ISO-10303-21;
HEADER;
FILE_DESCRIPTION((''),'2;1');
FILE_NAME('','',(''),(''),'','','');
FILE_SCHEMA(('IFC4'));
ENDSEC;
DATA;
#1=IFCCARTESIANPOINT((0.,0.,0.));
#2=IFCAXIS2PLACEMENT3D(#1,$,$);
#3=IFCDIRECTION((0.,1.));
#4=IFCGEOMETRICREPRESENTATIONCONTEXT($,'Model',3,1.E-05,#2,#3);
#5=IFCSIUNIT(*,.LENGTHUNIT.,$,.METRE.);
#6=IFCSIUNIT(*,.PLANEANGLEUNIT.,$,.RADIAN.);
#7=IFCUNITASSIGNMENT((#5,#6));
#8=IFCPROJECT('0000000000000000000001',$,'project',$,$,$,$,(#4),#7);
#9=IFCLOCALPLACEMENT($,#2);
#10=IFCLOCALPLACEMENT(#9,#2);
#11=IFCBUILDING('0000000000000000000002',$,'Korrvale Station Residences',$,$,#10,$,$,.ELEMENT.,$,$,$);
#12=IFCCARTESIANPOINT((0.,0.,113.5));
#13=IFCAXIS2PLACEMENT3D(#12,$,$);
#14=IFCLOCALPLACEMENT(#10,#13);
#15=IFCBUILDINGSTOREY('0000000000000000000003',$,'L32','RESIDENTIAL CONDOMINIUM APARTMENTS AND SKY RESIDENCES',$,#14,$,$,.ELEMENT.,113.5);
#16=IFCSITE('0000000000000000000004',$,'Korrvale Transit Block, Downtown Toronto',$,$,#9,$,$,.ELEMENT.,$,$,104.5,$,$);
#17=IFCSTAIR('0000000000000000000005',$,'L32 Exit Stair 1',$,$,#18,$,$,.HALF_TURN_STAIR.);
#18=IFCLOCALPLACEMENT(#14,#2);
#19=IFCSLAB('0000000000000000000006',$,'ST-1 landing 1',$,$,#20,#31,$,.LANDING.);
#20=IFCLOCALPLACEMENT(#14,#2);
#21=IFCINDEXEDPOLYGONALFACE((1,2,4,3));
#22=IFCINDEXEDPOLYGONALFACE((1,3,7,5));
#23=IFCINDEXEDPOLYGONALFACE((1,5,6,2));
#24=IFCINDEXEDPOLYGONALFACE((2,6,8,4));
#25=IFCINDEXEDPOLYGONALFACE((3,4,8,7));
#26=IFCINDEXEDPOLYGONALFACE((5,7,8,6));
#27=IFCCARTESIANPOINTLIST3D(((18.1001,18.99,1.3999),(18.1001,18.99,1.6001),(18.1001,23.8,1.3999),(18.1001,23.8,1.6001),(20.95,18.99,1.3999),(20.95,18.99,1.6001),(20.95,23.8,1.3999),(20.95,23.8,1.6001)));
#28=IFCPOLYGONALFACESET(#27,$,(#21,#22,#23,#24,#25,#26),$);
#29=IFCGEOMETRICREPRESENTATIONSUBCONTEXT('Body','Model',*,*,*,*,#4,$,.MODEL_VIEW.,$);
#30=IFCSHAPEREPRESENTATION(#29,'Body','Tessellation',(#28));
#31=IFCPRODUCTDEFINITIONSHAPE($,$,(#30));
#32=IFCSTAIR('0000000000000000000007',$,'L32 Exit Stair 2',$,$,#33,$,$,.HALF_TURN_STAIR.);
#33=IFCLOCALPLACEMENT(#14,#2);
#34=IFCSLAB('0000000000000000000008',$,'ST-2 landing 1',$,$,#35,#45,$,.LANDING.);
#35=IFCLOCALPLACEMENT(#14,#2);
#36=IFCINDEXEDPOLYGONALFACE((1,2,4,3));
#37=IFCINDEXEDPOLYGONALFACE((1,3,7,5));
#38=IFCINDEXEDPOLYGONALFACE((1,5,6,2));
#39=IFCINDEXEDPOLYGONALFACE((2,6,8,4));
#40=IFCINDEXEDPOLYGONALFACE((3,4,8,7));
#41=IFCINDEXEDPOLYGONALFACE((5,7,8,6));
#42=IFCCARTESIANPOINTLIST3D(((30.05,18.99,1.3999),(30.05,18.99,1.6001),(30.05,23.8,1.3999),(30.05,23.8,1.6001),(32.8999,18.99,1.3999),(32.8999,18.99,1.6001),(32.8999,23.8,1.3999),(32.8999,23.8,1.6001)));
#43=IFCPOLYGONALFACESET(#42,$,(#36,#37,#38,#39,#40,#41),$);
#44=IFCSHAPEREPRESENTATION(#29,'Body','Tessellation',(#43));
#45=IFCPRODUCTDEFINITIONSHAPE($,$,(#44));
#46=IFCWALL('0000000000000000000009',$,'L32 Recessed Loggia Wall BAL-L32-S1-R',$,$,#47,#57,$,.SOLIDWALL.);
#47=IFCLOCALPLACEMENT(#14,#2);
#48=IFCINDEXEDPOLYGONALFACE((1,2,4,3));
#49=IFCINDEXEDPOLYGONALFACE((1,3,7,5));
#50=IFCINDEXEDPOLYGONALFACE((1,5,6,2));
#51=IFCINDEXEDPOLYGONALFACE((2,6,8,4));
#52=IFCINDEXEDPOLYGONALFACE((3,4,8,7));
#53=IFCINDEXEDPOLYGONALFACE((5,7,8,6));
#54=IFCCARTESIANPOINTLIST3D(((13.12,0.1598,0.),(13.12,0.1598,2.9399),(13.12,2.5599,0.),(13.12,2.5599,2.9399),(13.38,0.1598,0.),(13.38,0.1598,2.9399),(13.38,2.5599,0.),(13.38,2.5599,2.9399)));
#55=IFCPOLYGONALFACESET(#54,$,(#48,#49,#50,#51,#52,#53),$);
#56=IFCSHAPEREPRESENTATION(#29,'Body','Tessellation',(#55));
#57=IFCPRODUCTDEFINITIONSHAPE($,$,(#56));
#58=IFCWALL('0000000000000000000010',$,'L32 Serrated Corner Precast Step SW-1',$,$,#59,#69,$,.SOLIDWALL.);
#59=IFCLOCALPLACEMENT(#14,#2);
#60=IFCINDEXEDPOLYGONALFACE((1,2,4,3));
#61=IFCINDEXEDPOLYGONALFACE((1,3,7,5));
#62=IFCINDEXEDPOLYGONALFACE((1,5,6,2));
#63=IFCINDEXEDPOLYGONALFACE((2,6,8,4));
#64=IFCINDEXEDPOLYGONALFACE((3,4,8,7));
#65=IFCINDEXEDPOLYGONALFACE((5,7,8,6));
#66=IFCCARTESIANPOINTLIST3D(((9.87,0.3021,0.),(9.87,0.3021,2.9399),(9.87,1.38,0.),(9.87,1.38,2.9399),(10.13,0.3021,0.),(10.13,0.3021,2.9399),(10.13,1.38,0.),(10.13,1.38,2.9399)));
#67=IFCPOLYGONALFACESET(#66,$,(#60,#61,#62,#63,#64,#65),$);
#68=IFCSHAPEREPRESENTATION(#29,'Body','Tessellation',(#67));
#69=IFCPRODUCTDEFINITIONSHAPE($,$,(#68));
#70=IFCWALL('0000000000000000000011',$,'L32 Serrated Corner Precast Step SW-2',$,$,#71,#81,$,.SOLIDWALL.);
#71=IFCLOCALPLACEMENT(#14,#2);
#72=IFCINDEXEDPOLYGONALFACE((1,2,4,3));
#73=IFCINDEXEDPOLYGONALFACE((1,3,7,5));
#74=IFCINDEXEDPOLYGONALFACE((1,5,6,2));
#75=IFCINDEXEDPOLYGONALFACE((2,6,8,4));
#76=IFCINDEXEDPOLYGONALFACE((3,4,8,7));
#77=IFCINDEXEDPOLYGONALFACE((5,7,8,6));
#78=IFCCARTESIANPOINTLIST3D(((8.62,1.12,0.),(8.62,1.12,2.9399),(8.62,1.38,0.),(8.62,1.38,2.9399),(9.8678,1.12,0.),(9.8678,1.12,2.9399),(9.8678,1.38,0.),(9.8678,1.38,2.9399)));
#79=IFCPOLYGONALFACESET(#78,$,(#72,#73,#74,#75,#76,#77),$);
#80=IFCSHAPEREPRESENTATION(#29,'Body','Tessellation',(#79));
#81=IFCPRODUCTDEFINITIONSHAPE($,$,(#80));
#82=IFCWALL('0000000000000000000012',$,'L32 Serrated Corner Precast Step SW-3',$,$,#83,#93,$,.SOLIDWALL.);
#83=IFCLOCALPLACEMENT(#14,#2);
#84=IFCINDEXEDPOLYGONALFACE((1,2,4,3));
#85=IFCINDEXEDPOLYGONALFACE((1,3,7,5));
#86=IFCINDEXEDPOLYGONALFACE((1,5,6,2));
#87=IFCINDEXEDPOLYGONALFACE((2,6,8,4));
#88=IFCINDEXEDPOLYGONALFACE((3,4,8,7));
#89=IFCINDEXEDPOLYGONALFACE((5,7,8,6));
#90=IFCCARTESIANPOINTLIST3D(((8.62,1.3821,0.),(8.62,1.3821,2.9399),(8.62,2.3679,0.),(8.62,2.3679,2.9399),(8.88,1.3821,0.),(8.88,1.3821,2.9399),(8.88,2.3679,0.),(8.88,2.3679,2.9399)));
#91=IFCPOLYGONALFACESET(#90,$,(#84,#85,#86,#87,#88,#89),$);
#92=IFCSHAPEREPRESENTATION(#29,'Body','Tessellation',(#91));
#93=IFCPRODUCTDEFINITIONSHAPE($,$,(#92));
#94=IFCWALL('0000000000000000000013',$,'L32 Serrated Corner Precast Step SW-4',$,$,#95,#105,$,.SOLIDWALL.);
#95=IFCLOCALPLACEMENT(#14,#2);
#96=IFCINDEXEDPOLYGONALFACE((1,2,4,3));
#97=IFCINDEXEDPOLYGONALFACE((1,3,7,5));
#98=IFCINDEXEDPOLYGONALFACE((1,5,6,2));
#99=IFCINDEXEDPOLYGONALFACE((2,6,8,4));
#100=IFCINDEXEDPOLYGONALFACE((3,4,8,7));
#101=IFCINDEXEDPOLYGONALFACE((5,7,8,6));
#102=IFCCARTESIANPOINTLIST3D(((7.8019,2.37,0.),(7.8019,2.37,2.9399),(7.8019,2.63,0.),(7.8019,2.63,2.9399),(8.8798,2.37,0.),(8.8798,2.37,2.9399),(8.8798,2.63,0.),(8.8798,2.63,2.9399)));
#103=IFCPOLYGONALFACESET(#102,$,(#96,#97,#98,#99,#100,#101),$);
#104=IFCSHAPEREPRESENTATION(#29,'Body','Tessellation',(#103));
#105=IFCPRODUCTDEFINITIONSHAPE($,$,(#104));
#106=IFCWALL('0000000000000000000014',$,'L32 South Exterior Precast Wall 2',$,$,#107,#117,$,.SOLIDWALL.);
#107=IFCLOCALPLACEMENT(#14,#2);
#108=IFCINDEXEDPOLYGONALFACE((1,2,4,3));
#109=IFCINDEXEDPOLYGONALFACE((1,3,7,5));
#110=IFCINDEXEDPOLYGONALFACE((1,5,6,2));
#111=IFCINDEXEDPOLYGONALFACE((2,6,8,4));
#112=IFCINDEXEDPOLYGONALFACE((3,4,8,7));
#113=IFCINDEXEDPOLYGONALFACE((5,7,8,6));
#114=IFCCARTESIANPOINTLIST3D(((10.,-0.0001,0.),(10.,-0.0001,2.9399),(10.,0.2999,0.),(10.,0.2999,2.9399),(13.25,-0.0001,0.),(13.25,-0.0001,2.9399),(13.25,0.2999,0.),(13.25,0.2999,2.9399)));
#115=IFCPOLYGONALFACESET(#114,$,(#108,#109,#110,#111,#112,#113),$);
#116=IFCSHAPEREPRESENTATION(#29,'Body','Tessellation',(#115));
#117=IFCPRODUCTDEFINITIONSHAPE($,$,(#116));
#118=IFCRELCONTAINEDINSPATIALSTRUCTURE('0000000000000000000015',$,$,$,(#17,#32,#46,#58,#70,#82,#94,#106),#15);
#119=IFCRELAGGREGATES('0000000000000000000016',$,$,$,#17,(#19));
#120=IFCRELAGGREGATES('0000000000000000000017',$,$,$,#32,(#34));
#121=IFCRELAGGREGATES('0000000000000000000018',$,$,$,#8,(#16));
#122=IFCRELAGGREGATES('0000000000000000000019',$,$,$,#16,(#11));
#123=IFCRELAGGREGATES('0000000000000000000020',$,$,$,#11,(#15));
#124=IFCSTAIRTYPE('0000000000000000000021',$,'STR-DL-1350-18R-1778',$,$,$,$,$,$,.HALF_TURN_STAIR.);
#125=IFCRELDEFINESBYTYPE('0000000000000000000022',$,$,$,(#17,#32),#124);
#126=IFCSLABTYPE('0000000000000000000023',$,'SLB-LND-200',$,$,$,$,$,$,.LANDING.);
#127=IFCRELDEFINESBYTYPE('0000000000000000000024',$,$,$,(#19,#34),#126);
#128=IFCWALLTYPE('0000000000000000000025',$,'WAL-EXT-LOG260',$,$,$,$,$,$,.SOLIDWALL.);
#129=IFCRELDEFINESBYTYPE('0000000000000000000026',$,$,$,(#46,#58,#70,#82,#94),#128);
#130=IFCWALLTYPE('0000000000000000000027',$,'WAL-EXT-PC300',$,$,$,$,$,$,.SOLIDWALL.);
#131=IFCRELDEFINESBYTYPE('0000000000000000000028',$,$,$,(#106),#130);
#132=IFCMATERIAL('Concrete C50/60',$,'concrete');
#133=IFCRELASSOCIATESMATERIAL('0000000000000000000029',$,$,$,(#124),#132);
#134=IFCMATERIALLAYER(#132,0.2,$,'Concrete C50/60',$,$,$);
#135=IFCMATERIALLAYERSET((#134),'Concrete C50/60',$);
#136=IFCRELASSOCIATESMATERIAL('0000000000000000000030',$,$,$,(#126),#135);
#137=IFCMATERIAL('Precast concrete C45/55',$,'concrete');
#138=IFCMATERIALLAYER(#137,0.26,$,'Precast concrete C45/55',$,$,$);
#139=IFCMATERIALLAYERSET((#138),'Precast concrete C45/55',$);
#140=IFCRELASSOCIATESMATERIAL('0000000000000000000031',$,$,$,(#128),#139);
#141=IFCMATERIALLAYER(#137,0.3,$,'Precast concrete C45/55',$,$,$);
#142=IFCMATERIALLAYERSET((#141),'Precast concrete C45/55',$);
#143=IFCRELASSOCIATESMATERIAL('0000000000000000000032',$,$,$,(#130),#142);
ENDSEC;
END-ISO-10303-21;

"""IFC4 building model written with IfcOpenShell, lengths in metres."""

from ifc_helpers import new_model, si_unit, direction, frame, frame_2d, origin, place, context, subcontext, project, spatial, polyline, rectangle, outline, extrude, material, layer, layer_set, type_object, element, aggregate, save


model = new_model("IFC4")

# Units and contexts
model_context = context("Model", 3, precision=1e-05, world=origin(), true_north=direction((0.0, 1.0)))
body_context = subcontext(model_context, "Body", "Model", "MODEL_VIEW")
ifc_project = project(units=[si_unit("LENGTHUNIT", "METRE"), si_unit("PLANEANGLEUNIT", "RADIAN")], contexts=[model_context])

# Site, building, storey
site_placement = place(None, origin())
site = spatial("IfcSite", under=ifc_project, at=site_placement, Name="Korrvale Transit Block, Downtown Toronto", CompositionType="ELEMENT", RefElevation=104.5)
building_placement = place(site_placement, origin())
building = spatial("IfcBuilding", under=site, at=building_placement, Name="Korrvale Station Residences", CompositionType="ELEMENT")
storey_placement = place(building_placement, frame((0.0, 0.0, 113.5)))
storey = spatial("IfcBuildingStorey", under=building, at=storey_placement, Name="L32", Description="RESIDENTIAL CONDOMINIUM APARTMENTS AND SKY RESIDENCES", CompositionType="ELEMENT", Elevation=113.5)

# Shared definitions
ifc_material_1 = material(Name="Concrete C50/60", Category="concrete")

# Stairs, slabs
stair_type = type_object("IfcStairType", Name="STR-DL-1350-18R-1778", PredefinedType="HALF_TURN_STAIR", material=ifc_material_1)
stair_1_placement = place(storey_placement, origin())
stair_1 = element("IfcStair", 1, at=stair_1_placement, inside=storey, type_object=stair_type, Name="L32 Exit Stair 1", PredefinedType="HALF_TURN_STAIR")
ifc_layer_1 = layer(ifc_material_1, 0.2, Name="Concrete C50/60")
ifc_layer_set_1 = layer_set([ifc_layer_1], Name="Concrete C50/60")
slab_type_1 = type_object("IfcSlabType", Name="SLB-LND-200", PredefinedType="LANDING", material=ifc_layer_set_1)
slab_1_placement = place(storey_placement, frame((0.0, 0.0, 1.3999)))
slab_1 = element("IfcSlab", 2, at=slab_1_placement, type_object=slab_type_1, Name="ST-1 landing 1", PredefinedType="LANDING", context=body_context, shape_type="SweptSolid", body=[
    extrude(outline(polyline([(20.95, 18.99), (20.95, 23.8), (18.1001, 23.8), (18.1001, 18.99), (20.95, 18.99)])), origin(), (0.0, 0.0, 1.0), 0.2002),
])
aggregate(stair_1, [slab_1])
stair_2_placement = place(storey_placement, origin())
stair_2 = element("IfcStair", 3, at=stair_2_placement, inside=storey, type_object=stair_type, Name="L32 Exit Stair 2", PredefinedType="HALF_TURN_STAIR")
slab_2_placement = place(storey_placement, frame((0.0, 0.0, 1.3999)))
slab_2 = element("IfcSlab", 4, at=slab_2_placement, type_object=slab_type_1, Name="ST-2 landing 1", PredefinedType="LANDING", context=body_context, shape_type="SweptSolid", body=[
    extrude(outline(polyline([(32.8999, 18.99), (32.8999, 23.8), (30.05, 23.8), (30.05, 18.99), (32.8999, 18.99)])), origin(), (0.0, 0.0, 1.0), 0.2002),
])
aggregate(stair_2, [slab_2])

# Walls
ifc_material_2 = material(Name="Precast concrete C45/55", Category="concrete")
ifc_layer_2 = layer(ifc_material_2, 0.26, Name="Precast concrete C45/55")
ifc_layer_set_2 = layer_set([ifc_layer_2], Name="Precast concrete C45/55")
wall_type_1 = type_object("IfcWallType", Name="WAL-EXT-LOG260", PredefinedType="SOLIDWALL", material=ifc_layer_set_2)
wall_1_placement = place(storey_placement, frame((13.25, 2.5601, 0.0), z_axis=(0.0, 0.0, 1.0), x_axis=(0.0, -1.0, 0.0)))
element("IfcWall", 5, at=wall_1_placement, inside=storey, type_object=wall_type_1, Name="L32 Recessed Loggia Wall BAL-L32-S1-R", PredefinedType="SOLIDWALL", context=body_context, shape_type="SweptSolid", body=[
    extrude(rectangle(XDim=2.4001, YDim=0.26, at=frame_2d((1.2002, 0.0))), origin(), (0.0, 0.0, 1.0), 2.9399),
])
wall_2_placement = place(storey_placement, frame((10.0, 0.302, 0.0), z_axis=(0.0, 0.0, 1.0), x_axis=(0.0, 1.0, 0.0)))
element("IfcWall", 6, at=wall_2_placement, inside=storey, type_object=wall_type_1, Name="L32 Serrated Corner Precast Step SW-1", PredefinedType="SOLIDWALL", context=body_context, shape_type="SweptSolid", body=[
    extrude(rectangle(XDim=1.0779, YDim=0.26, at=frame_2d((0.5391, 0.0))), origin(), (0.0, 0.0, 1.0), 2.9399),
])
wall_3_placement = place(storey_placement, frame((9.8679, 1.25, 0.0), z_axis=(0.0, 0.0, 1.0), x_axis=(-1.0, 0.0, 0.0)))
element("IfcWall", 7, at=wall_3_placement, inside=storey, type_object=wall_type_1, Name="L32 Serrated Corner Precast Step SW-2", PredefinedType="SOLIDWALL", context=body_context, shape_type="SweptSolid", body=[
    extrude(rectangle(XDim=1.2478, YDim=0.26, at=frame_2d((0.624, 0.0))), origin(), (0.0, 0.0, 1.0), 2.9399),
])
wall_4_placement = place(storey_placement, frame((8.75, 1.3821, 0.0), z_axis=(0.0, 0.0, 1.0), x_axis=(0.0, 1.0, 0.0)))
element("IfcWall", 8, at=wall_4_placement, inside=storey, type_object=wall_type_1, Name="L32 Serrated Corner Precast Step SW-3", PredefinedType="SOLIDWALL", context=body_context, shape_type="SweptSolid", body=[
    extrude(rectangle(XDim=0.9858, YDim=0.26, at=frame_2d((0.4929, 0.0))), origin(), (0.0, 0.0, 1.0), 2.9399),
])
wall_5_placement = place(storey_placement, frame((8.8799, 2.5, 0.0), z_axis=(0.0, 0.0, 1.0), x_axis=(-1.0, 0.0, 0.0)))
element("IfcWall", 9, at=wall_5_placement, inside=storey, type_object=wall_type_1, Name="L32 Serrated Corner Precast Step SW-4", PredefinedType="SOLIDWALL", context=body_context, shape_type="SweptSolid", body=[
    extrude(rectangle(XDim=1.0779, YDim=0.26, at=frame_2d((0.5391, 0.0))), origin(), (0.0, 0.0, 1.0), 2.9399),
])
ifc_layer_3 = layer(ifc_material_2, 0.3, Name="Precast concrete C45/55")
ifc_layer_set_3 = layer_set([ifc_layer_3], Name="Precast concrete C45/55")
wall_type_2 = type_object("IfcWallType", Name="WAL-EXT-PC300", PredefinedType="SOLIDWALL", material=ifc_layer_set_3)
wall_6_placement = place(storey_placement, frame((13.25, 0.1499, 0.0), z_axis=(0.0, 0.0, 1.0), x_axis=(-1.0, 0.0, 0.0)))
element("IfcWall", 10, at=wall_6_placement, inside=storey, type_object=wall_type_2, Name="L32 South Exterior Precast Wall 2", PredefinedType="SOLIDWALL", context=body_context, shape_type="SweptSolid", body=[
    extrude(rectangle(XDim=3.25, YDim=0.3, at=frame_2d((1.625, 0.0))), origin(), (0.0, 0.0, 1.0), 2.9399),
])

save(model, "model.ifc")
